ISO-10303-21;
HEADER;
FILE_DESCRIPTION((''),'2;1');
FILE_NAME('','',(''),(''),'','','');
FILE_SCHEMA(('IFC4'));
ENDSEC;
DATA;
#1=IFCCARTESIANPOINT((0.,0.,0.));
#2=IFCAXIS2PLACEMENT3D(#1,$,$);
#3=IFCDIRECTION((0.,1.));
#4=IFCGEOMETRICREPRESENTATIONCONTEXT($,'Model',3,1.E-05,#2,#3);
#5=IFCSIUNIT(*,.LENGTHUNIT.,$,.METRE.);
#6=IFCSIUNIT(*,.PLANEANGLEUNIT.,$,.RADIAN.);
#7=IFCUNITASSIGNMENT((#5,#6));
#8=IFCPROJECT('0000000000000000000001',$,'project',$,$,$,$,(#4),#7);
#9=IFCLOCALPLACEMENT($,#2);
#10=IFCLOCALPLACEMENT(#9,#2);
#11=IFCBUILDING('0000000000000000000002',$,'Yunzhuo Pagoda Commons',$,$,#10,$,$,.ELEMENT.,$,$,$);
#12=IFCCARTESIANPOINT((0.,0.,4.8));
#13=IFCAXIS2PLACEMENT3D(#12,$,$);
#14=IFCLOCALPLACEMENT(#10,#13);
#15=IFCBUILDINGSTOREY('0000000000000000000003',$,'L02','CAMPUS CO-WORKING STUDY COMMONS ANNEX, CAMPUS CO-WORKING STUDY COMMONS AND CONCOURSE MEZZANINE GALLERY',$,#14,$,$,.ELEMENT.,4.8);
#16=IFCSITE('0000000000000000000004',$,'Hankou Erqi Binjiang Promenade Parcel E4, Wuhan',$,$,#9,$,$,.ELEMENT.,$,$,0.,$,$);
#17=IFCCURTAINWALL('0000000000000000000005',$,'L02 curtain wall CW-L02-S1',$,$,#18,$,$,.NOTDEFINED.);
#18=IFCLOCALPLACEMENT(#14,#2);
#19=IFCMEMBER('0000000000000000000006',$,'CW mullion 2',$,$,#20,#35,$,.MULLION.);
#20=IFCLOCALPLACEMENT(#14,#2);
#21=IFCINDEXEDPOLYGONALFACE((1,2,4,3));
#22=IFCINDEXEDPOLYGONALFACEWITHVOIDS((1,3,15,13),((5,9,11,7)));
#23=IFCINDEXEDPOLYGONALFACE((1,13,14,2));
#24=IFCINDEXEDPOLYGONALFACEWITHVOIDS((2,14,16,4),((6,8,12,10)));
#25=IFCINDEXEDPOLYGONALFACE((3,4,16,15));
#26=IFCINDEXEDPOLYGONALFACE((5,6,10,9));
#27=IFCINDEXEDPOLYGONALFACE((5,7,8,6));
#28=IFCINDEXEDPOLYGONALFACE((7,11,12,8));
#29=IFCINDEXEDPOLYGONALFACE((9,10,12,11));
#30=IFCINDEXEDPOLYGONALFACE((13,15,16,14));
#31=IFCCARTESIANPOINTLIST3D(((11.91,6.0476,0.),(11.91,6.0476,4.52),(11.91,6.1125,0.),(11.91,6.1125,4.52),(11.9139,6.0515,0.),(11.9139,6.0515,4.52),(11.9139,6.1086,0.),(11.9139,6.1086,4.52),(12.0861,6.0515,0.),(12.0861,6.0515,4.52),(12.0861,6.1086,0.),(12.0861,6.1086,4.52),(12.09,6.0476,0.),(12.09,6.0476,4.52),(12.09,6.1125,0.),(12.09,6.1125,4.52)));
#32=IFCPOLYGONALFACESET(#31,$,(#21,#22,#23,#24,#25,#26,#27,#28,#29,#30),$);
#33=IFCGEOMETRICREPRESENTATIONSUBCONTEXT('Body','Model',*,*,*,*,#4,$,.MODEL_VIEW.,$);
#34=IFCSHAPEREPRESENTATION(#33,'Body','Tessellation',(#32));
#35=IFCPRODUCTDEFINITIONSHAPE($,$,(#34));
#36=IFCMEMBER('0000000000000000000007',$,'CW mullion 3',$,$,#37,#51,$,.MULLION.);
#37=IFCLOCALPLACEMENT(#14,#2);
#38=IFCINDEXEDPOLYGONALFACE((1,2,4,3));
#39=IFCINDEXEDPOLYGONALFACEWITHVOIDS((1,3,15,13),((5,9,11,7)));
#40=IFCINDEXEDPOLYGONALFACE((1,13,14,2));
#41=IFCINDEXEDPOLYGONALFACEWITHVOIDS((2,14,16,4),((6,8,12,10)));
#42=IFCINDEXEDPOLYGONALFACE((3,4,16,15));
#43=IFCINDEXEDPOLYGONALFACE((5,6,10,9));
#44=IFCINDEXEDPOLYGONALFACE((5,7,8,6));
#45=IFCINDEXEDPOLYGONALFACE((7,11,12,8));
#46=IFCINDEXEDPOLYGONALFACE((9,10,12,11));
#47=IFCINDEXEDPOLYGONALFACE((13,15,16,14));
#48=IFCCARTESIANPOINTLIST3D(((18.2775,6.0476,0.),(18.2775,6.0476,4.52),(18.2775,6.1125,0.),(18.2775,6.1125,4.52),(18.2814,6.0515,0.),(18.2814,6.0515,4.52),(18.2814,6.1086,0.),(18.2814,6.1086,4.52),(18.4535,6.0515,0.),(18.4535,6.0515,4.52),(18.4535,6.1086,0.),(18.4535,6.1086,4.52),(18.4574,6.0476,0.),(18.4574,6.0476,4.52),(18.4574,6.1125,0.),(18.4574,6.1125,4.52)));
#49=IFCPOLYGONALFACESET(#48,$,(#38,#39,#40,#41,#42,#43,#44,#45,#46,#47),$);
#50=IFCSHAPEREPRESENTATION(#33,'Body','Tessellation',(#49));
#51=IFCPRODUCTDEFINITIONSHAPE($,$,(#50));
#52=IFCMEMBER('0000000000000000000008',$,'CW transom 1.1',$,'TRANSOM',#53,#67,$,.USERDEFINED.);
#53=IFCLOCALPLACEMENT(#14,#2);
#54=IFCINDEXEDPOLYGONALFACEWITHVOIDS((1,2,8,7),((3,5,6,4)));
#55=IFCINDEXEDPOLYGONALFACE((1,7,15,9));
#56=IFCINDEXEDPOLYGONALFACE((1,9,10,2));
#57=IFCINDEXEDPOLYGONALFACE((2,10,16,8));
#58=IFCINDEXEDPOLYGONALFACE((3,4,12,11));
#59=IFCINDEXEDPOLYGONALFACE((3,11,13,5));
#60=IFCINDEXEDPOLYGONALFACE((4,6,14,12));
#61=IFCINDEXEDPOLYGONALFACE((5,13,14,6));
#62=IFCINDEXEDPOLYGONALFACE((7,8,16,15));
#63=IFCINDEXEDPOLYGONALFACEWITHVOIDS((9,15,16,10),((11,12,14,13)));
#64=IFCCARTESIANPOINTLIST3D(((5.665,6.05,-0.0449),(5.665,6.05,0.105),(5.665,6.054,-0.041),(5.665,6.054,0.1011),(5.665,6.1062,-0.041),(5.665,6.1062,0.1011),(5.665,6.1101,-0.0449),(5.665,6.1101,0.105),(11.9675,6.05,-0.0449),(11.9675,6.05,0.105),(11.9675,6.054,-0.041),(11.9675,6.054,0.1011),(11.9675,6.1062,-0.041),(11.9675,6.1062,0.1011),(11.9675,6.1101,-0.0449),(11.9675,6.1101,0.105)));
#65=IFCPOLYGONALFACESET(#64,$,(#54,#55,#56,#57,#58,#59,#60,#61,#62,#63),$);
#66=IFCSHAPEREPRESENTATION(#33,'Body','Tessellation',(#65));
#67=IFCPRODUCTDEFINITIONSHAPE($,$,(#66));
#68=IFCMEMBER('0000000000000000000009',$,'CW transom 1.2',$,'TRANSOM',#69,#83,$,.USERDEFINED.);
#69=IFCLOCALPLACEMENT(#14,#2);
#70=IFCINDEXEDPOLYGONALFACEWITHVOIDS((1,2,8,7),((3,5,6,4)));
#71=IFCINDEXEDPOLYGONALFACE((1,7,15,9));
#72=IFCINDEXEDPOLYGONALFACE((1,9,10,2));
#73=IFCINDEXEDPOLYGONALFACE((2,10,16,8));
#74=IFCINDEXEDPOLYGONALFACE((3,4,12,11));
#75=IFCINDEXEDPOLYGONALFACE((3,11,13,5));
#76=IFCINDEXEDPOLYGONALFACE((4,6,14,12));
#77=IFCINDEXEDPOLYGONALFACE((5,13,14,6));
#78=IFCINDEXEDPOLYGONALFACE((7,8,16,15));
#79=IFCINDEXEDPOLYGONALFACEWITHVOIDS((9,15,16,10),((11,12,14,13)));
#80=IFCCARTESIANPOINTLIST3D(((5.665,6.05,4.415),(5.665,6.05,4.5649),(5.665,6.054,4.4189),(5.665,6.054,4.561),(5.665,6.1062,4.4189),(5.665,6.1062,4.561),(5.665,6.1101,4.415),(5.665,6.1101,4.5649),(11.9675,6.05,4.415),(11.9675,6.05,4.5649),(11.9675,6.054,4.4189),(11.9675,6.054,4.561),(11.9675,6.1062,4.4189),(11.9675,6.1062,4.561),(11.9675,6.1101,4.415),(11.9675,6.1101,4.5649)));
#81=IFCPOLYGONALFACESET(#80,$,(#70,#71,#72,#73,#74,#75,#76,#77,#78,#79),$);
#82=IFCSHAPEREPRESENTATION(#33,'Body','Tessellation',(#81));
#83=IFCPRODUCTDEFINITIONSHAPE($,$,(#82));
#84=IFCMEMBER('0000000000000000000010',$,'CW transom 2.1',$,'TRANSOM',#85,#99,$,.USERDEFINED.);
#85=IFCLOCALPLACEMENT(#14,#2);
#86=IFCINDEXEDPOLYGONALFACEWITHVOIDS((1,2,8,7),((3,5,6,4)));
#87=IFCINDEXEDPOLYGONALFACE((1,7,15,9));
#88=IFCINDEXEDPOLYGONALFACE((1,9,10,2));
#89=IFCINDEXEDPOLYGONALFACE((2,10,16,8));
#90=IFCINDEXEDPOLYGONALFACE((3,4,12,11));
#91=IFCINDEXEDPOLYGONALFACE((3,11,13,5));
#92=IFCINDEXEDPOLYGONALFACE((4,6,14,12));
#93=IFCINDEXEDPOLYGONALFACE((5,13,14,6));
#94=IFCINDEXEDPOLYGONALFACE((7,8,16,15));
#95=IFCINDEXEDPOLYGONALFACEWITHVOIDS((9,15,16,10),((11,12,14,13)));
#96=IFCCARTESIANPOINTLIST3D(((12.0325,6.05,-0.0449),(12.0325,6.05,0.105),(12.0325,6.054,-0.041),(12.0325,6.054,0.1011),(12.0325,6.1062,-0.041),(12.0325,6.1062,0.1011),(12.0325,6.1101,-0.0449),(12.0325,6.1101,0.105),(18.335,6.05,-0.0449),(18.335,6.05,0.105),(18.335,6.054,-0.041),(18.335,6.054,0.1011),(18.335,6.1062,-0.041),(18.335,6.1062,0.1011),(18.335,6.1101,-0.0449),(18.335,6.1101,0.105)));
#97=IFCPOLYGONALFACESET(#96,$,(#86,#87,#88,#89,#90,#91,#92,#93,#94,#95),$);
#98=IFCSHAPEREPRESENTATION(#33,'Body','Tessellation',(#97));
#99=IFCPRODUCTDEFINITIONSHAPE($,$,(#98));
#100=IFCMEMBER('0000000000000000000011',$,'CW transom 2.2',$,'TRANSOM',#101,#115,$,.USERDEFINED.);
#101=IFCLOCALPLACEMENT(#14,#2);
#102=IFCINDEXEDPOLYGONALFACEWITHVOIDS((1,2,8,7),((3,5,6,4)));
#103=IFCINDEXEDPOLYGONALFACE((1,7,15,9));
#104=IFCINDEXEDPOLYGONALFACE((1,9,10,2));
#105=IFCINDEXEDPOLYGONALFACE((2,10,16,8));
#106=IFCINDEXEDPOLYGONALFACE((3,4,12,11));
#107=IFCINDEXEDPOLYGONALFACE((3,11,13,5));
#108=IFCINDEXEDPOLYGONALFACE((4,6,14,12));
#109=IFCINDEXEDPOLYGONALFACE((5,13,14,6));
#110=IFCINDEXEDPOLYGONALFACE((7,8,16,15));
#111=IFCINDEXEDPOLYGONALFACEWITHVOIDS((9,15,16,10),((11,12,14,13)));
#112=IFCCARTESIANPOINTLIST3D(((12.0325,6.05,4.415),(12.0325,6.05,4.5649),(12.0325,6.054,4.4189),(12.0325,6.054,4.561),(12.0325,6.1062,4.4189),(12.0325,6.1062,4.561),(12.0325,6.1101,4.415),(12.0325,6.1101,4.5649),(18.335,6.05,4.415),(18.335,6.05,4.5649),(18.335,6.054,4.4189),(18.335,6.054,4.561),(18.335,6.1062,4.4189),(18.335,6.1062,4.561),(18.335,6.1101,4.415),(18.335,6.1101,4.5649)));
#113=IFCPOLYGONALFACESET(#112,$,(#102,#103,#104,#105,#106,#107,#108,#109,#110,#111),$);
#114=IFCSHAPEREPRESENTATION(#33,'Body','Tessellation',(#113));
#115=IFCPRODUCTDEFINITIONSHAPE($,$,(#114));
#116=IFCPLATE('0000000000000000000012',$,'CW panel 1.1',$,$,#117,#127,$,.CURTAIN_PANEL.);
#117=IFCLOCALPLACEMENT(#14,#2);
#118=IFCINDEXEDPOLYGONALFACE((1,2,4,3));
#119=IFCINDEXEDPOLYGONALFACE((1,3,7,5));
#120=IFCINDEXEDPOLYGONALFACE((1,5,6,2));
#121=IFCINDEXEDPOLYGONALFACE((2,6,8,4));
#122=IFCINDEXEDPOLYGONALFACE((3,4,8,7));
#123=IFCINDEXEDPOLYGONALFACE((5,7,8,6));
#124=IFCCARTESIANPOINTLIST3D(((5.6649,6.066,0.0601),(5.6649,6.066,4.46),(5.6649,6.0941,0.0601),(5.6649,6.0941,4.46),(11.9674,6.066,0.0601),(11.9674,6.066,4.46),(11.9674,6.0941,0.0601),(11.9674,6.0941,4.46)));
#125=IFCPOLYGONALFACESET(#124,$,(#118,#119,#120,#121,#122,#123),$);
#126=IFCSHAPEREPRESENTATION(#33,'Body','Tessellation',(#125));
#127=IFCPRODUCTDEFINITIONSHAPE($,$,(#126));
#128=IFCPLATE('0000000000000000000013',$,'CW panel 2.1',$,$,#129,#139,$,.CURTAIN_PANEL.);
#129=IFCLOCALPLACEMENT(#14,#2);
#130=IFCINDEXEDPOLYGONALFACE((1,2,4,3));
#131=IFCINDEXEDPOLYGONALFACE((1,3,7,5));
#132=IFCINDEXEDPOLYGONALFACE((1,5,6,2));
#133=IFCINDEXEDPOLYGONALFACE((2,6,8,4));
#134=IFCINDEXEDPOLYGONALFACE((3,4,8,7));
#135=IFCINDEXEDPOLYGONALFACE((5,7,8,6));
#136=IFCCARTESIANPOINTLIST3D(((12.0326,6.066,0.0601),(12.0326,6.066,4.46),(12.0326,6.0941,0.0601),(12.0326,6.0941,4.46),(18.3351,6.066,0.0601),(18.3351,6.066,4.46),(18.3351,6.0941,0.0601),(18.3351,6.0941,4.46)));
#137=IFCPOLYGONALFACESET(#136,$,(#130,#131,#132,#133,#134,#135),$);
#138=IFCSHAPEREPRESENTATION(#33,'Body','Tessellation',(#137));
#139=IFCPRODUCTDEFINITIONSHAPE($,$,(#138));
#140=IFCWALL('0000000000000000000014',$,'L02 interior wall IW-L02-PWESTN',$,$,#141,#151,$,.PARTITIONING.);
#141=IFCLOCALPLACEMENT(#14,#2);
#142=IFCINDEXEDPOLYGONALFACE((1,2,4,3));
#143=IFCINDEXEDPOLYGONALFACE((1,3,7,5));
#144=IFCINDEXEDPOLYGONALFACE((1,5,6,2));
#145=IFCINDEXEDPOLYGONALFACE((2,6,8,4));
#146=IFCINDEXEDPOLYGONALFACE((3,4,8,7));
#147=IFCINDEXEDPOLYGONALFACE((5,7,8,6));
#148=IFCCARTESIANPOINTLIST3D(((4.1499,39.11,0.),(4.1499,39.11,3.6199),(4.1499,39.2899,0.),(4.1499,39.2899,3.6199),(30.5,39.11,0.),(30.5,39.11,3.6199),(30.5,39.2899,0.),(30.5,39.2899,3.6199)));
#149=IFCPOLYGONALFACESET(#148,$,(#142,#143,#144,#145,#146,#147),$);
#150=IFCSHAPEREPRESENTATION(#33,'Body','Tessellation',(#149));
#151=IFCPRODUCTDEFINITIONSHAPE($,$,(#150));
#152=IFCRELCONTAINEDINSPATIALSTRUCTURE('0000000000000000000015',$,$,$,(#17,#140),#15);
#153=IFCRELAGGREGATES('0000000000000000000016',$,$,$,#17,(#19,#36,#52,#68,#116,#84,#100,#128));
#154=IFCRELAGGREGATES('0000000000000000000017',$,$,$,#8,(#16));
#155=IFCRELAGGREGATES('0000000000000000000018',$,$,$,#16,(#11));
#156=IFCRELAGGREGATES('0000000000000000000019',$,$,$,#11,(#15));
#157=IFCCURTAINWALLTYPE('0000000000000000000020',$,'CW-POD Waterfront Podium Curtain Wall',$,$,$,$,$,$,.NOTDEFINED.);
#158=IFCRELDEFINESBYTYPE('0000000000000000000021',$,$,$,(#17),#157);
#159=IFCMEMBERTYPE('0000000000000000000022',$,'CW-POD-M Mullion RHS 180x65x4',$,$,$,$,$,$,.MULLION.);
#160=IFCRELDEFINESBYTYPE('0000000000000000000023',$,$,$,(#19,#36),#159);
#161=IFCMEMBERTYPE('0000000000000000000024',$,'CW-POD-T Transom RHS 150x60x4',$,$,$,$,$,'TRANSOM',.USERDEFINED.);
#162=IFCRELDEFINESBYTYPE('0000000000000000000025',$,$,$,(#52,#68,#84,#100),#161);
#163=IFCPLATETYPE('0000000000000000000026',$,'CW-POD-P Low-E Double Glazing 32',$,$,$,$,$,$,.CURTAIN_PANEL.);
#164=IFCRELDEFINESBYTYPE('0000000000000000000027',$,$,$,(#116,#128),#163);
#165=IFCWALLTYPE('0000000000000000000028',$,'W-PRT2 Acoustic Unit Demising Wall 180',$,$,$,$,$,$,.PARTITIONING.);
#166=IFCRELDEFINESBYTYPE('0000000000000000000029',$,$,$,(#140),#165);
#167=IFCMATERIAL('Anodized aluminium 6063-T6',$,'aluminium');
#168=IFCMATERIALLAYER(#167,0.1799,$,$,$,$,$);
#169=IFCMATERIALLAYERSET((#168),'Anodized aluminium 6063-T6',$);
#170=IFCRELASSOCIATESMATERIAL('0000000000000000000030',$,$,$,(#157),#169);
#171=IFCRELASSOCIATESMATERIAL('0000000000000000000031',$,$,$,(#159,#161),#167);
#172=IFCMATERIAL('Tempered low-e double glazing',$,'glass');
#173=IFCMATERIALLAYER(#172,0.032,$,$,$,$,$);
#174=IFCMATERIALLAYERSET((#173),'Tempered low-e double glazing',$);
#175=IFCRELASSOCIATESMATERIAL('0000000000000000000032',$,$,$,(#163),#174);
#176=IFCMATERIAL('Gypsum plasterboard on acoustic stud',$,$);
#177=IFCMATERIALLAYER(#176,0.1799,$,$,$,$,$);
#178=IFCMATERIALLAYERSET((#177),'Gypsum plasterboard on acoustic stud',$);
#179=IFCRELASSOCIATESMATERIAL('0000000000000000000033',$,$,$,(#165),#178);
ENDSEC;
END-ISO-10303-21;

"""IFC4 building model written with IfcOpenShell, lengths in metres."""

from ifc_helpers import new_model, si_unit, direction, frame, frame_2d, origin, origin_2d, place, context, subcontext, project, spatial, rectangle, hollow_rectangle, extrude, source, transform, mapped, material, layer, layer_set, material_profile, profile_set, type_object, element, aggregate, save


model = new_model("IFC4")

# Units and contexts
model_context = context("Model", 3, precision=1e-05, world=origin(), true_north=direction((0.0, 1.0)))
body_context = subcontext(model_context, "Body", "Model", "MODEL_VIEW")
ifc_project = project(units=[si_unit("LENGTHUNIT", "METRE"), si_unit("PLANEANGLEUNIT", "RADIAN")], contexts=[model_context])

# Site, building, storey
site_placement = place(None, origin())
site = spatial("IfcSite", under=ifc_project, at=site_placement, Name="Hankou Erqi Binjiang Promenade Parcel E4, Wuhan", CompositionType="ELEMENT", RefElevation=0.0)
building_placement = place(site_placement, origin())
building = spatial("IfcBuilding", under=site, at=building_placement, Name="Yunzhuo Pagoda Commons", CompositionType="ELEMENT")
storey_placement = place(building_placement, frame((0.0, 0.0, 4.8)))
storey = spatial("IfcBuildingStorey", under=building, at=storey_placement, Name="L02", Description="CAMPUS CO-WORKING STUDY COMMONS ANNEX, CAMPUS CO-WORKING STUDY COMMONS AND CONCOURSE MEZZANINE GALLERY", CompositionType="ELEMENT", Elevation=4.8)

# Curtain wall, members, plates
ifc_material_1 = material(Name="Anodized aluminium 6063-T6", Category="aluminium")
ifc_layer_1 = layer(ifc_material_1, 0.1799)
ifc_layer_set_1 = layer_set([ifc_layer_1], Name="Anodized aluminium 6063-T6")
curtain_wall_type = type_object("IfcCurtainWallType", Name="CW-POD Waterfront Podium Curtain Wall", PredefinedType="NOTDEFINED", material=ifc_layer_set_1)
curtain_wall_placement = place(storey_placement, origin())
curtain_wall = element("IfcCurtainWall", 1, at=curtain_wall_placement, inside=storey, type_object=curtain_wall_type, Name="L02 curtain wall CW-L02-S1", PredefinedType="NOTDEFINED")
ifc_material_profile_1 = material_profile(ifc_material_1, hollow_rectangle(XDim=0.0649, YDim=0.1799, WallThickness=0.0039, at=origin_2d()), Name="Anodized aluminium 6063-T6")
ifc_profile_set_1 = profile_set([ifc_material_profile_1], Name="Anodized aluminium 6063-T6")
member_type_1 = type_object("IfcMemberType", Name="CW-POD-M Mullion RHS 180x65x4", PredefinedType="MULLION", material=ifc_profile_set_1)
shared_shape_1 = source(origin(), body_context, "Body", "SweptSolid", [
    extrude(hollow_rectangle(XDim=0.0649, YDim=0.1799, WallThickness=0.0039, at=origin_2d()), origin(), (0.0, 0.0, 1.0), 4.52),
])
member_1_placement = place(storey_placement, frame((12.0, 6.0801, 0.0), z_axis=(0.0, 0.0, 1.0), x_axis=(0.0, 1.0, 0.0)))
member_1 = element("IfcMember", 2, at=member_1_placement, type_object=member_type_1, Name="CW mullion 2", PredefinedType="MULLION", context=body_context, shape_type="MappedRepresentation", body=[
    mapped(shared_shape_1, transform((0.0, 0.0, 0.0), scale=1.0)),
])
member_2_placement = place(storey_placement, frame((18.3674, 6.0801, 0.0), z_axis=(0.0, 0.0, 1.0), x_axis=(0.0, 1.0, 0.0)))
member_2 = element("IfcMember", 3, at=member_2_placement, type_object=member_type_1, Name="CW mullion 3", PredefinedType="MULLION", context=body_context, shape_type="MappedRepresentation", body=[
    mapped(shared_shape_1, transform((0.0, 0.0, 0.0), scale=1.0)),
])
ifc_material_profile_2 = material_profile(ifc_material_1, hollow_rectangle(XDim=0.0601, YDim=0.1499, WallThickness=0.0039, at=origin_2d()), Name="Anodized aluminium 6063-T6")
ifc_profile_set_2 = profile_set([ifc_material_profile_2], Name="Anodized aluminium 6063-T6")
member_type_2 = type_object("IfcMemberType", Name="CW-POD-T Transom RHS 150x60x4", ElementType="TRANSOM", PredefinedType="USERDEFINED", material=ifc_profile_set_2)
shared_shape_2 = source(origin(), body_context, "Body", "SweptSolid", [
    extrude(hollow_rectangle(XDim=0.0601, YDim=0.1499, WallThickness=0.0039, at=origin_2d()), origin(), (0.0, 0.0, 1.0), 6.3025),
])
member_3_placement = place(storey_placement, frame((5.665, 6.0801, 0.03), z_axis=(1.0, 0.0, 0.0), x_axis=(0.0, 1.0, 0.0)))
member_3 = element("IfcMember", 4, at=member_3_placement, type_object=member_type_2, Name="CW transom 1.1", ObjectType="TRANSOM", PredefinedType="USERDEFINED", context=body_context, shape_type="MappedRepresentation", body=[
    mapped(shared_shape_2, transform((0.0, 0.0, 0.0), scale=1.0)),
])
member_4_placement = place(storey_placement, frame((5.665, 6.0801, 4.49), z_axis=(1.0, 0.0, 0.0), x_axis=(0.0, 1.0, 0.0)))
member_4 = element("IfcMember", 5, at=member_4_placement, type_object=member_type_2, Name="CW transom 1.2", ObjectType="TRANSOM", PredefinedType="USERDEFINED", context=body_context, shape_type="MappedRepresentation", body=[
    mapped(shared_shape_2, transform((0.0, 0.0, 0.0), scale=1.0)),
])
member_5_placement = place(storey_placement, frame((12.0325, 6.0801, 0.03), z_axis=(1.0, 0.0, 0.0), x_axis=(0.0, 1.0, 0.0)))
member_5 = element("IfcMember", 6, at=member_5_placement, type_object=member_type_2, Name="CW transom 2.1", ObjectType="TRANSOM", PredefinedType="USERDEFINED", context=body_context, shape_type="MappedRepresentation", body=[
    mapped(shared_shape_2, transform((0.0, 0.0, 0.0), scale=1.0)),
])
member_6_placement = place(storey_placement, frame((12.0325, 6.0801, 4.49), z_axis=(1.0, 0.0, 0.0), x_axis=(0.0, 1.0, 0.0)))
member_6 = element("IfcMember", 7, at=member_6_placement, type_object=member_type_2, Name="CW transom 2.2", ObjectType="TRANSOM", PredefinedType="USERDEFINED", context=body_context, shape_type="MappedRepresentation", body=[
    mapped(shared_shape_2, transform((0.0, 0.0, 0.0), scale=1.0)),
])
ifc_material_2 = material(Name="Tempered low-e double glazing", Category="glass")
ifc_layer_2 = layer(ifc_material_2, 0.032)
ifc_layer_set_2 = layer_set([ifc_layer_2], Name="Tempered low-e double glazing")
plate_type = type_object("IfcPlateType", Name="CW-POD-P Low-E Double Glazing 32", PredefinedType="CURTAIN_PANEL", material=ifc_layer_set_2)
shared_shape_3 = source(origin(), body_context, "Body", "SweptSolid", [
    extrude(rectangle(XDim=6.3025, YDim=0.0281, at=origin_2d()), origin(), (0.0, 0.0, 1.0), 4.3999),
])
plate_1_placement = place(storey_placement, frame((8.8162, 6.0801, 0.0601), z_axis=(0.0, 0.0, 1.0), x_axis=(1.0, 0.0, 0.0)))
plate_1 = element("IfcPlate", 8, at=plate_1_placement, type_object=plate_type, Name="CW panel 1.1", PredefinedType="CURTAIN_PANEL", context=body_context, shape_type="MappedRepresentation", body=[
    mapped(shared_shape_3, transform((0.0, 0.0, 0.0), scale=1.0)),
])
plate_2_placement = place(storey_placement, frame((15.1838, 6.0801, 0.0601), z_axis=(0.0, 0.0, 1.0), x_axis=(1.0, 0.0, 0.0)))
plate_2 = element("IfcPlate", 9, at=plate_2_placement, type_object=plate_type, Name="CW panel 2.1", PredefinedType="CURTAIN_PANEL", context=body_context, shape_type="MappedRepresentation", body=[
    mapped(shared_shape_3, transform((0.0, 0.0, 0.0), scale=1.0)),
])
aggregate(curtain_wall, [member_1, member_2, member_3, member_4, plate_1, member_5, member_6, plate_2])

# Wall
ifc_material_3 = material(Name="Gypsum plasterboard on acoustic stud")
ifc_layer_3 = layer(ifc_material_3, 0.1799)
ifc_layer_set_3 = layer_set([ifc_layer_3], Name="Gypsum plasterboard on acoustic stud")
wall_type = type_object("IfcWallType", Name="W-PRT2 Acoustic Unit Demising Wall 180", PredefinedType="PARTITIONING", material=ifc_layer_set_3)
wall_placement = place(storey_placement, frame((4.1499, 39.2, 0.0), z_axis=(0.0, 0.0, 1.0), x_axis=(1.0, 0.0, 0.0)))
element("IfcWall", 10, at=wall_placement, inside=storey, type_object=wall_type, Name="L02 interior wall IW-L02-PWESTN", PredefinedType="PARTITIONING", context=body_context, shape_type="SweptSolid", body=[
    extrude(rectangle(XDim=26.3501, YDim=0.1799, at=frame_2d((13.175, 0.0))), origin(), (0.0, 0.0, 1.0), 3.6199),
])

save(model, "model.ifc")
